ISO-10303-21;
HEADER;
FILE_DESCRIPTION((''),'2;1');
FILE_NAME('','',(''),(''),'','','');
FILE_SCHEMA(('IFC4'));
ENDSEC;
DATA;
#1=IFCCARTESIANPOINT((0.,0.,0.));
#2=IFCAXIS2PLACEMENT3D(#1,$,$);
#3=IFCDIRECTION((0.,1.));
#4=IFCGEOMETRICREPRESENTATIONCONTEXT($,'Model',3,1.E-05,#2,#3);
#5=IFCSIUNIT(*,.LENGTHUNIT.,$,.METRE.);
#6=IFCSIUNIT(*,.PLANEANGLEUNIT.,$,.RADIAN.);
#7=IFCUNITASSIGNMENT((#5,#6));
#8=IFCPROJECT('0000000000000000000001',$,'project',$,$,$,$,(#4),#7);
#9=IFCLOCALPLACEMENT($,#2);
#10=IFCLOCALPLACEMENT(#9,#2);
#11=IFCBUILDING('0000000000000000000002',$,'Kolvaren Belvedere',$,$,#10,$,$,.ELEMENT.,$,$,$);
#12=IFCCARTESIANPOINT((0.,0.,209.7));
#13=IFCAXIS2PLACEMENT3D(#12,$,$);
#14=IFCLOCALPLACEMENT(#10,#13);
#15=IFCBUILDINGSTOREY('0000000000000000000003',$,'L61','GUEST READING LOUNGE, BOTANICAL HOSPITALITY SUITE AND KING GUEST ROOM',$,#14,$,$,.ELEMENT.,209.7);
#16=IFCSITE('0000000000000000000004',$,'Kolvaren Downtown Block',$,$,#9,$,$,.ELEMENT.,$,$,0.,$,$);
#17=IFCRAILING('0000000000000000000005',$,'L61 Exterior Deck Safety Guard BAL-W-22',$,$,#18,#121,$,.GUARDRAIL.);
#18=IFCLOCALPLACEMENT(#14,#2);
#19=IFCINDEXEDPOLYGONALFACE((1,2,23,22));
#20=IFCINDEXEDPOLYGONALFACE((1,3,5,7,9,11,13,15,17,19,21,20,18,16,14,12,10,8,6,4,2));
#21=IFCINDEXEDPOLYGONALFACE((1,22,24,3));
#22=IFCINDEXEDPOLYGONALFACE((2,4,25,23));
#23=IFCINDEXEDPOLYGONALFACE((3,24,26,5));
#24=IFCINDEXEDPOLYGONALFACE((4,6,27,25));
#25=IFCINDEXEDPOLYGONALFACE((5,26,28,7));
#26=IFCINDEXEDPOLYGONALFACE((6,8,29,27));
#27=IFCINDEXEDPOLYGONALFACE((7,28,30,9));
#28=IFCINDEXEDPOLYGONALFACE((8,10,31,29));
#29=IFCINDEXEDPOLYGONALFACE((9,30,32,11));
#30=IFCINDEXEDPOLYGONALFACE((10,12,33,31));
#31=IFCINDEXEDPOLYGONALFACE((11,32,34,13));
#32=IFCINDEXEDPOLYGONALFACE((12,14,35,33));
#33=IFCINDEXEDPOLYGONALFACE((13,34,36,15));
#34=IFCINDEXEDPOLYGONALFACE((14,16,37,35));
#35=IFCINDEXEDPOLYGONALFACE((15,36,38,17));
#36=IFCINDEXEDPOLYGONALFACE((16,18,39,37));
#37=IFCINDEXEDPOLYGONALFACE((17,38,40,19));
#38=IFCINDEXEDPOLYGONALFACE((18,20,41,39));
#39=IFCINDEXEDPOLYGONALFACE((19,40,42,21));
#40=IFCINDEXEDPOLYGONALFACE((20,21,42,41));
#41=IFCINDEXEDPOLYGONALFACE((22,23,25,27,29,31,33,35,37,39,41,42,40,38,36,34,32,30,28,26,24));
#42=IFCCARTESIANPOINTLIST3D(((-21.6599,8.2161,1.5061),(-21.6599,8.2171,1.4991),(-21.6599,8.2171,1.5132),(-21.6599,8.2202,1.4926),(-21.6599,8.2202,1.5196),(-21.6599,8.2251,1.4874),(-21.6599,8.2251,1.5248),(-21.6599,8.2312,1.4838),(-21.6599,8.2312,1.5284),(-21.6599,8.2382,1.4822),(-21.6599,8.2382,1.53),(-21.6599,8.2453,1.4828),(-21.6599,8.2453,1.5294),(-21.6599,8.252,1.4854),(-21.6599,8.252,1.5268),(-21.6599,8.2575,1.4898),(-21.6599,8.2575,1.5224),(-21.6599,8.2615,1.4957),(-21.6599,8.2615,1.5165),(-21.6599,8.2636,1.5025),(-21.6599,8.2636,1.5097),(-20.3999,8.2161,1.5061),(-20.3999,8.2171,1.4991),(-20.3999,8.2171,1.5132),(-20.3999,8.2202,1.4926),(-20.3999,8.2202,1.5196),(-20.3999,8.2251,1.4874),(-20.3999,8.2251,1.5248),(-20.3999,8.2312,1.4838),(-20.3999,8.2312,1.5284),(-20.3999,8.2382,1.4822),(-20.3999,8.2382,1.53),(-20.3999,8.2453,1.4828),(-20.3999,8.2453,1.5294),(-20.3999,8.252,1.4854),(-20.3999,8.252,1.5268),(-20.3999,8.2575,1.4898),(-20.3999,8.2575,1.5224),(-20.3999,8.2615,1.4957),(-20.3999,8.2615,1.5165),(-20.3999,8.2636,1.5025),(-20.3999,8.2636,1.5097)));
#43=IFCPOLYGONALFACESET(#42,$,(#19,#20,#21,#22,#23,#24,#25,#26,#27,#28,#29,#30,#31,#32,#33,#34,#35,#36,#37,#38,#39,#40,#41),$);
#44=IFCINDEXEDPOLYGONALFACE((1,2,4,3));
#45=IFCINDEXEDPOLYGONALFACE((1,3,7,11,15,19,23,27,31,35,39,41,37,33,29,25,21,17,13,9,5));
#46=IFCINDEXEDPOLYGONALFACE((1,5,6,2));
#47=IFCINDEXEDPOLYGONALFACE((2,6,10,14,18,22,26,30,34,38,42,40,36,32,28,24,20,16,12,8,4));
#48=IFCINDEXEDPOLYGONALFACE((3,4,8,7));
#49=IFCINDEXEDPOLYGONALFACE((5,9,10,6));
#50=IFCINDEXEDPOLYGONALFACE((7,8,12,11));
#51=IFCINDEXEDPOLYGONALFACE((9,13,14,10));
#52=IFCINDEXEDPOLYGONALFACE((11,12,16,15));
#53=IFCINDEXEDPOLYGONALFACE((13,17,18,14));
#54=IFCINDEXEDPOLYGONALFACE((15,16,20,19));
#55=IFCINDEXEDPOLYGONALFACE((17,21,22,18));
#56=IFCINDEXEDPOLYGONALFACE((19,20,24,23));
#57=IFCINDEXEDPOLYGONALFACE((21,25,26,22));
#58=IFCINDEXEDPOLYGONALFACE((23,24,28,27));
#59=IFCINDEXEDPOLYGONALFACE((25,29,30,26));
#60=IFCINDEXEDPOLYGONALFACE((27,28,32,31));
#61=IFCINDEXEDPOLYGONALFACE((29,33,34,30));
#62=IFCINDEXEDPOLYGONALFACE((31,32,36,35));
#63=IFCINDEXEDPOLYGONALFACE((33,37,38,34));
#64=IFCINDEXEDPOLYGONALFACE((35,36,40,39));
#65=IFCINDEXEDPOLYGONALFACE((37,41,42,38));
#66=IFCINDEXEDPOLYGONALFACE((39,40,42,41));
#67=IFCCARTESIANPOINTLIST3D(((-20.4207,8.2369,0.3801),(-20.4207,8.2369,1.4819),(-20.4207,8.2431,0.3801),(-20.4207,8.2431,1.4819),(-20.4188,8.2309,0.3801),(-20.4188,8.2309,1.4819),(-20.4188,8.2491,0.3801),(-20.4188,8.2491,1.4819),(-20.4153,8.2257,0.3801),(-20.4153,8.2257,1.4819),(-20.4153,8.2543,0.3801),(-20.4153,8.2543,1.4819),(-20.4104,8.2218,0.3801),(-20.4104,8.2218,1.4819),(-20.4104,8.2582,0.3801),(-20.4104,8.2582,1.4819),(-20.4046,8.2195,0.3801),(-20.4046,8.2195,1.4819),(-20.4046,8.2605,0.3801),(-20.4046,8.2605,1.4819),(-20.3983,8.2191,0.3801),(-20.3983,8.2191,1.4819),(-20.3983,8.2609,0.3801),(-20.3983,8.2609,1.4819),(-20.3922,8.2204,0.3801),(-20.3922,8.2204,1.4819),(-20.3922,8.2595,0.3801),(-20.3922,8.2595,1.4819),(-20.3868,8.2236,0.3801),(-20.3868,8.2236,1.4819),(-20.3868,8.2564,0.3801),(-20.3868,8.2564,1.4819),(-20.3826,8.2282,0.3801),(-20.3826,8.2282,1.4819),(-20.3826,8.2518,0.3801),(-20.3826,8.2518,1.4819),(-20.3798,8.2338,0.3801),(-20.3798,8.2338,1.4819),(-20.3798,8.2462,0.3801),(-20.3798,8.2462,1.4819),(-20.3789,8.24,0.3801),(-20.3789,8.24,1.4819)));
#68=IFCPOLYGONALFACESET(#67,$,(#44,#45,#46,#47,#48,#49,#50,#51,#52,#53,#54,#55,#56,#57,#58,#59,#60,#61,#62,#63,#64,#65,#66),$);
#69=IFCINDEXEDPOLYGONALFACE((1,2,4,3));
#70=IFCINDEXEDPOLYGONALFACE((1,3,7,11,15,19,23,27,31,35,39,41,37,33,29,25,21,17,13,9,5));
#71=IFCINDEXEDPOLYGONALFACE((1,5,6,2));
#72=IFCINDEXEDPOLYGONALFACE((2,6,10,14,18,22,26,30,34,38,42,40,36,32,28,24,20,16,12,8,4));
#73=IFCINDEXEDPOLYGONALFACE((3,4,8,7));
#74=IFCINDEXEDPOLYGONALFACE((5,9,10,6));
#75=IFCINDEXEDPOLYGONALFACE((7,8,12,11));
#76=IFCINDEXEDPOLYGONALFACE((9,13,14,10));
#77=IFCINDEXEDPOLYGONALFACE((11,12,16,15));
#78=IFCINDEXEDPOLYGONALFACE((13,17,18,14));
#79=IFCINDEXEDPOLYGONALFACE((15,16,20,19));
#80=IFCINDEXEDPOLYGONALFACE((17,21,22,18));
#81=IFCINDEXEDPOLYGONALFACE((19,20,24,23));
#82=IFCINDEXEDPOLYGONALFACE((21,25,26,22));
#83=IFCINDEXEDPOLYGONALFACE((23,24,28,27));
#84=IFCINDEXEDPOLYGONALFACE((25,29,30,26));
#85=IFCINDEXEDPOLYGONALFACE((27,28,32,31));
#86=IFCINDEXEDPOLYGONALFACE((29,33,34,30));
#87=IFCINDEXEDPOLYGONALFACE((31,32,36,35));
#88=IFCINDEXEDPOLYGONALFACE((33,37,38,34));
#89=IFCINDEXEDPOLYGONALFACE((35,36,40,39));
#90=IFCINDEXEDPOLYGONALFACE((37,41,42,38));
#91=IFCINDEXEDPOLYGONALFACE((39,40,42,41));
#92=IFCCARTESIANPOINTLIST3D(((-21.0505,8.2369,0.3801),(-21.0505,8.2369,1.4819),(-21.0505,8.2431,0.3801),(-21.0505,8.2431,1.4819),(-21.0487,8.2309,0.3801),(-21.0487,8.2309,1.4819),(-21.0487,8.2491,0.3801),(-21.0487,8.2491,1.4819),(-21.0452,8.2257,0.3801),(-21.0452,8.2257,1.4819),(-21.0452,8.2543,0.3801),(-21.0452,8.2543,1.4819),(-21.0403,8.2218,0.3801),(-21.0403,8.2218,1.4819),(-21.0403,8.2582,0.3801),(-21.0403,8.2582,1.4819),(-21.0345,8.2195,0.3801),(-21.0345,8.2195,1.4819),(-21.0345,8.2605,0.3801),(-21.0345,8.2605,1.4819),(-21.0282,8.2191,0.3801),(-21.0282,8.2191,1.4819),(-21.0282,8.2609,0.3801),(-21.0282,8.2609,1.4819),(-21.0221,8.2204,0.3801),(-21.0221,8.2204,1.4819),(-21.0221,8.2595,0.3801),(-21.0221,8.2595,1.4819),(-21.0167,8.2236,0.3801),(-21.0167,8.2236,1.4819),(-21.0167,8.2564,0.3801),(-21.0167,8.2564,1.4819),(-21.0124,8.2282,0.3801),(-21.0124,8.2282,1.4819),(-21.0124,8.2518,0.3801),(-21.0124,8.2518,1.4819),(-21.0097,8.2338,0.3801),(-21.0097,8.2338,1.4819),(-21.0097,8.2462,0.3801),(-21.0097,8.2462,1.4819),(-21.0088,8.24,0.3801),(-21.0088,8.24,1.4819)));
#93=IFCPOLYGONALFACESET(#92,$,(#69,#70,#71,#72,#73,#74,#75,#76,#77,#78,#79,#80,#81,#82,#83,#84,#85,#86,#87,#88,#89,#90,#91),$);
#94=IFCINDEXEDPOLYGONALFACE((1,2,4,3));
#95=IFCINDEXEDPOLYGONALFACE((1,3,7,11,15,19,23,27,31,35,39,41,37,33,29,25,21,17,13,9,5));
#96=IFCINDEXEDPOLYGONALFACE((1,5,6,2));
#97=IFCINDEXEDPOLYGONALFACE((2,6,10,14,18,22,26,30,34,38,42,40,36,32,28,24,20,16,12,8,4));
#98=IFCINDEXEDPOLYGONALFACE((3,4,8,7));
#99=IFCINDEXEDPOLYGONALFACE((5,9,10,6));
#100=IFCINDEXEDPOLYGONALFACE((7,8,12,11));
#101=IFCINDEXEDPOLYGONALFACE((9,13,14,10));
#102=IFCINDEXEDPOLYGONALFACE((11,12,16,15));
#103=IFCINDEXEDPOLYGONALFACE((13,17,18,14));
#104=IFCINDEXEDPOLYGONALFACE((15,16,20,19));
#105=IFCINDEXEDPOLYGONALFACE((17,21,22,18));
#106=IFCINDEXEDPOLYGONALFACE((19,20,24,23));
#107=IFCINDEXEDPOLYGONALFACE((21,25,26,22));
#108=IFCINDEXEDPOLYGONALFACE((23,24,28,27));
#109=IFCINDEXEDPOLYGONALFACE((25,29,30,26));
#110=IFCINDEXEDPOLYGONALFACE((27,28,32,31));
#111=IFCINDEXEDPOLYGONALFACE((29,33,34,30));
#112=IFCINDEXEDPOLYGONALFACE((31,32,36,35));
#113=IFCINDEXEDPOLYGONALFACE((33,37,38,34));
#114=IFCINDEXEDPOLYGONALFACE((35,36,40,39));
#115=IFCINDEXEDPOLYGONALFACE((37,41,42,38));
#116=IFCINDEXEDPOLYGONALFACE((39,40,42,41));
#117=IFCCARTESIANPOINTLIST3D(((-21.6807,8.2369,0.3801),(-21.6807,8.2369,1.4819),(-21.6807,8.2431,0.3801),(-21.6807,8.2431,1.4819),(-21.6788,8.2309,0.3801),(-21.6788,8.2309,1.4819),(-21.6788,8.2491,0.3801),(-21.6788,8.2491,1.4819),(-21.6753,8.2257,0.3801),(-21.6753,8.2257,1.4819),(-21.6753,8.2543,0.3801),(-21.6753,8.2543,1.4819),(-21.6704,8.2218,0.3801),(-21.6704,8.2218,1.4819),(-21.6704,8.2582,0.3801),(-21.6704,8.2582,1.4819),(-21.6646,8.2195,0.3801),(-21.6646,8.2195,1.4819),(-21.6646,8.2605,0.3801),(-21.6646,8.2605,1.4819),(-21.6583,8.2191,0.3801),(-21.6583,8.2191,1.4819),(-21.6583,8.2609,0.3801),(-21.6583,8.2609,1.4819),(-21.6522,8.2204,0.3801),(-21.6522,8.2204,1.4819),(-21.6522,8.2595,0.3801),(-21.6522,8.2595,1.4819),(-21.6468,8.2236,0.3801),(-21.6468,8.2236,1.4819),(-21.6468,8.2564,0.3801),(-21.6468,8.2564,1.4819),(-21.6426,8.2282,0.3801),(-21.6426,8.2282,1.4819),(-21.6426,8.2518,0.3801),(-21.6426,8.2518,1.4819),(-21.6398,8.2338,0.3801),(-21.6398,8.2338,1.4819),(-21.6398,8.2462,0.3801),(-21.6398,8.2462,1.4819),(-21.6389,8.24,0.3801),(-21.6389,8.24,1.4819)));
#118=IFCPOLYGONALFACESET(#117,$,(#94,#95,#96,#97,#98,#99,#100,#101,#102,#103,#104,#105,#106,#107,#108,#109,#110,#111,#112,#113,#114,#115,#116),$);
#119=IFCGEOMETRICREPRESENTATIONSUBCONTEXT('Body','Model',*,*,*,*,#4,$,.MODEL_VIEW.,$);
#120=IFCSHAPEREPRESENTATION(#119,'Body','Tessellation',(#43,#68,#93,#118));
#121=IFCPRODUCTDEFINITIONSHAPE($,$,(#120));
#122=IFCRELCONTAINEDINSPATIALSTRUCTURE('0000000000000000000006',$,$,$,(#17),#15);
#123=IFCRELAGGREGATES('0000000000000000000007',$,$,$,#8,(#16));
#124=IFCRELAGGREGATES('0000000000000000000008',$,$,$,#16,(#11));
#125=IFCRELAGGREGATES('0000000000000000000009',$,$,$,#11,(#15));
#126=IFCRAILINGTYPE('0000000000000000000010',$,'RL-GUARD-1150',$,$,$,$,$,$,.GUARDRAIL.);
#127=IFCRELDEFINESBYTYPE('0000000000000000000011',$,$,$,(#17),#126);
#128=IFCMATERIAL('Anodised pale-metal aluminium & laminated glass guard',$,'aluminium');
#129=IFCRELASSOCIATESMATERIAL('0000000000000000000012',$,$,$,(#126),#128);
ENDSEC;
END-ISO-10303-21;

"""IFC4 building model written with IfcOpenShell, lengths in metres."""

from ifc_helpers import new_model, si_unit, direction, frame, origin, origin_2d, place, context, subcontext, project, spatial, circle, extrude, material, type_object, element, save


model = new_model("IFC4")

# Units and contexts
model_context = context("Model", 3, precision=1e-05, world=origin(), true_north=direction((0.0, 1.0)))
body_context = subcontext(model_context, "Body", "Model", "MODEL_VIEW")
ifc_project = project(units=[si_unit("LENGTHUNIT", "METRE"), si_unit("PLANEANGLEUNIT", "RADIAN")], contexts=[model_context])

# Site, building, storey
site_placement = place(None, origin())
site = spatial("IfcSite", under=ifc_project, at=site_placement, Name="Kolvaren Downtown Block", CompositionType="ELEMENT", RefElevation=0.0)
building_placement = place(site_placement, origin())
building = spatial("IfcBuilding", under=site, at=building_placement, Name="Kolvaren Belvedere", CompositionType="ELEMENT")
storey_placement = place(building_placement, frame((0.0, 0.0, 209.7)))
storey = spatial("IfcBuildingStorey", under=building, at=storey_placement, Name="L61", Description="GUEST READING LOUNGE, BOTANICAL HOSPITALITY SUITE AND KING GUEST ROOM", CompositionType="ELEMENT", Elevation=209.7)

# Railing
ifc_material_1 = material(Name="Anodised pale-metal aluminium & laminated glass guard", Category="aluminium")
railing_type = type_object("IfcRailingType", Name="RL-GUARD-1150", PredefinedType="GUARDRAIL", material=ifc_material_1)
railing_1_placement = place(storey_placement, frame((-20.3999, 8.24, 0.3801)))
element("IfcRailing", 1, at=railing_1_placement, inside=storey, type_object=railing_type, Name="L61 Exterior Deck Safety Guard BAL-W-22", PredefinedType="GUARDRAIL", context=body_context, shape_type="SweptSolid", body=[
    extrude(circle(Radius=0.0239, at=origin_2d()), frame((0.0, 0.0, 1.126), z_axis=(-1.0, 0.0, 0.0), x_axis=(0.0, -1.0, 0.0)), (0.0, 0.0, 1.0), 1.26),
    extrude(circle(Radius=0.021, at=origin_2d()), origin(), (0.0, 0.0, 1.0), 1.1018),
    extrude(circle(Radius=0.021, at=origin_2d()), frame((-0.6299, 0.0, 0.0)), (0.0, 0.0, 1.0), 1.1018),
    extrude(circle(Radius=0.021, at=origin_2d()), frame((-1.26, 0.0, 0.0)), (0.0, 0.0, 1.0), 1.1018),
])

save(model, "model.ifc")
